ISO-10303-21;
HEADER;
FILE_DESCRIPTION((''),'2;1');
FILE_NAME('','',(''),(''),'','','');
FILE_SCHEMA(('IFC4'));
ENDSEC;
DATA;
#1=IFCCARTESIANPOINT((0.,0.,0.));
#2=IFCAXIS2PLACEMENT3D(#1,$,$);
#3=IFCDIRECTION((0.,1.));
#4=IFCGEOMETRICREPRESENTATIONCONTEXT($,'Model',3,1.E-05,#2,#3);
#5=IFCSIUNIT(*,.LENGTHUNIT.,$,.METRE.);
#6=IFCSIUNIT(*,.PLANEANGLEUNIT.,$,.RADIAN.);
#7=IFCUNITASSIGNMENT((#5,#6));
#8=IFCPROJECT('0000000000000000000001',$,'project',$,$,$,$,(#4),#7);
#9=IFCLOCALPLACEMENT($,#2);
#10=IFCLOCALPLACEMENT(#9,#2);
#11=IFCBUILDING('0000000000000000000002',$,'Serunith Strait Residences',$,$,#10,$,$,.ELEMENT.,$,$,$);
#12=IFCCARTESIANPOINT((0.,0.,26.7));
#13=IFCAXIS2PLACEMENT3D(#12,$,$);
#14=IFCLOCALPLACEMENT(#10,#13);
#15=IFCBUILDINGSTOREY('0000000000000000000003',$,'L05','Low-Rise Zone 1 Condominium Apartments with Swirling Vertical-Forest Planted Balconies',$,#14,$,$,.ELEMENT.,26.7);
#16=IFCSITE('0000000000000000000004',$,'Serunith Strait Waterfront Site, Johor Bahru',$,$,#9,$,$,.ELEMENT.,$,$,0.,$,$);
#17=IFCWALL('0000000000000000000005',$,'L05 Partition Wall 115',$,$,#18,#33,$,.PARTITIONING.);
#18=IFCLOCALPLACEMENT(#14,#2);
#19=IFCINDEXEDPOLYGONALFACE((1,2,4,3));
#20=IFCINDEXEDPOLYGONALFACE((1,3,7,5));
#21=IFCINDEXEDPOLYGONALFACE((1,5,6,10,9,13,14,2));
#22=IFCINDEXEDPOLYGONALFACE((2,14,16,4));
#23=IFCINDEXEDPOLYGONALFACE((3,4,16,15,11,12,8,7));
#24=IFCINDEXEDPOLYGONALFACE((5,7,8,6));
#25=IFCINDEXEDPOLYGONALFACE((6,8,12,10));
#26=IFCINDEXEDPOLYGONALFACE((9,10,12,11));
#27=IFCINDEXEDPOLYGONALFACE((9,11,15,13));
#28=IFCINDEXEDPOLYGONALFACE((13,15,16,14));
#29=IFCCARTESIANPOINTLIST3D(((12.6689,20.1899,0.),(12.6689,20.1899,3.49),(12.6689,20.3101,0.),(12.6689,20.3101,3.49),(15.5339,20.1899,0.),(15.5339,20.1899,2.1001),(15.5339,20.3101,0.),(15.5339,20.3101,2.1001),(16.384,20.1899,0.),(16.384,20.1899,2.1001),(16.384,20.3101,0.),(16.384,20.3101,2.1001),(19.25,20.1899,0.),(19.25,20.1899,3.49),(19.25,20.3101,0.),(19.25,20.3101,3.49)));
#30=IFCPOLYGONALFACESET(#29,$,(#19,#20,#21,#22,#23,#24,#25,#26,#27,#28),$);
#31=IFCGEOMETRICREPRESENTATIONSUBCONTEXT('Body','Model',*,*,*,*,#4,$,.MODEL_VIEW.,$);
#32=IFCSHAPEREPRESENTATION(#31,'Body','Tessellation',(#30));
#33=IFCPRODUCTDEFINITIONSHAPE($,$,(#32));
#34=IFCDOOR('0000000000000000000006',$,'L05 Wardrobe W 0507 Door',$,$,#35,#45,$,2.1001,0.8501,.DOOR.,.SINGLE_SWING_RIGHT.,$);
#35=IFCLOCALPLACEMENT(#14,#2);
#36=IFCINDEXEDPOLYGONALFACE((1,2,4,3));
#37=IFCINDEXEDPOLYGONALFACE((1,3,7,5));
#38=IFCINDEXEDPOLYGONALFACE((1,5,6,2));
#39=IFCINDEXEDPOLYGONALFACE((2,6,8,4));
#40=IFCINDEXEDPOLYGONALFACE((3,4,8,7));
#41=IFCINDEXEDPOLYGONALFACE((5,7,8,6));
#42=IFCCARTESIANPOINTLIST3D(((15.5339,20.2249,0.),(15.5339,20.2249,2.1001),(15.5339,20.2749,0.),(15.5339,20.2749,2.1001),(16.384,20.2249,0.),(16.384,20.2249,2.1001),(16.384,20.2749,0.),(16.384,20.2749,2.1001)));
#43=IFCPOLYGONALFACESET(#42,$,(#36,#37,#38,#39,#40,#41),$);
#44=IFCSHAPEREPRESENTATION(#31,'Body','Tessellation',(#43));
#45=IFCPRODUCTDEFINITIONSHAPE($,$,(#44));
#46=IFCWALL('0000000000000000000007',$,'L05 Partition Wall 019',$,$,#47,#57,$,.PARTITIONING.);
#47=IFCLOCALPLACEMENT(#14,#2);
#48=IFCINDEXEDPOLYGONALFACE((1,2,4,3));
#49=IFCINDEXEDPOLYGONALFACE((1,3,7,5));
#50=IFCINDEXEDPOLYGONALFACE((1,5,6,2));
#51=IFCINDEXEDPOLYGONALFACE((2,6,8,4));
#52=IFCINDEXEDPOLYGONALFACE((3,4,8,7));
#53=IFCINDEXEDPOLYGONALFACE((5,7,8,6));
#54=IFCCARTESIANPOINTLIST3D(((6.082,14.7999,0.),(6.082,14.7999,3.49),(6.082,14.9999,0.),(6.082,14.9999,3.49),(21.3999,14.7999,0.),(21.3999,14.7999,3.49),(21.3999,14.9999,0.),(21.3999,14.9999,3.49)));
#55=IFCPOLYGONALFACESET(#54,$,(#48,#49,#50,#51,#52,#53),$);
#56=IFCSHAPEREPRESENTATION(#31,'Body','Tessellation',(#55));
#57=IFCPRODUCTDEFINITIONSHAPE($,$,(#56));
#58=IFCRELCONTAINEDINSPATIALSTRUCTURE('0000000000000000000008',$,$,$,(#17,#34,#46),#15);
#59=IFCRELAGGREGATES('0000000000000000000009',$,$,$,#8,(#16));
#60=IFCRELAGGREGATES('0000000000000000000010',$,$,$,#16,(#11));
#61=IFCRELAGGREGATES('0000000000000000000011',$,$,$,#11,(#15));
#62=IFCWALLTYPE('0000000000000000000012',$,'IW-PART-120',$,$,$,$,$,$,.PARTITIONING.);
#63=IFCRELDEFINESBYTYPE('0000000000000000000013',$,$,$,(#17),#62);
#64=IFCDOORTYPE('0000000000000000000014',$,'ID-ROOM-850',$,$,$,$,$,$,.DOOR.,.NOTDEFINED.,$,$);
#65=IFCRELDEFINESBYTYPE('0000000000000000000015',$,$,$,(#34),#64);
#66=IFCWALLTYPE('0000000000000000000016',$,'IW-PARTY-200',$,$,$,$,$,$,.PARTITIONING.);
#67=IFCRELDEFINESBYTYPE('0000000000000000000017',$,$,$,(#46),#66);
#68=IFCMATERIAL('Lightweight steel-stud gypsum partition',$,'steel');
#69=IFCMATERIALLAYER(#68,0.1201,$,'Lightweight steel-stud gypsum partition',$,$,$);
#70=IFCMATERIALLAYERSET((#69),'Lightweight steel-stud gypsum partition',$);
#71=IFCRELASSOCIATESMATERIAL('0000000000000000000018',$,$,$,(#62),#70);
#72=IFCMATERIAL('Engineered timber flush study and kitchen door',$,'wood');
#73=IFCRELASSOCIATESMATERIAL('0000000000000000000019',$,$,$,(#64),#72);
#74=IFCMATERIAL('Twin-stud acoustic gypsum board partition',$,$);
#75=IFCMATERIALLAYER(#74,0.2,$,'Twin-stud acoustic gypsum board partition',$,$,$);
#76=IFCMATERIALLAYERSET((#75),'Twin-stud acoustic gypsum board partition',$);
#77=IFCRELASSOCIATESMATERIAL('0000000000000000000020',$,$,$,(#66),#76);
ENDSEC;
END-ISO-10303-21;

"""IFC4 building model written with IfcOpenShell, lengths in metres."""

from ifc_helpers import new_model, si_unit, direction, frame, frame_2d, origin, place, context, subcontext, project, spatial, rectangle, extrude, source, transform, mapped, material, layer, layer_set, type_object, element, fill, save


model = new_model("IFC4")

# Units and contexts
model_context = context("Model", 3, precision=1e-05, world=origin(), true_north=direction((0.0, 1.0)))
body_context = subcontext(model_context, "Body", "Model", "MODEL_VIEW")
ifc_project = project(units=[si_unit("LENGTHUNIT", "METRE"), si_unit("PLANEANGLEUNIT", "RADIAN")], contexts=[model_context])

# Site, building, storey
site_placement = place(None, origin())
site = spatial("IfcSite", under=ifc_project, at=site_placement, Name="Serunith Strait Waterfront Site, Johor Bahru", CompositionType="ELEMENT", RefElevation=0.0)
building_placement = place(site_placement, origin())
building = spatial("IfcBuilding", under=site, at=building_placement, Name="Serunith Strait Residences", CompositionType="ELEMENT")
storey_placement = place(building_placement, frame((0.0, 0.0, 26.7)))
storey = spatial("IfcBuildingStorey", under=building, at=storey_placement, Name="L05", Description="Low-Rise Zone 1 Condominium Apartments with Swirling Vertical-Forest Planted Balconies", CompositionType="ELEMENT", Elevation=26.7)

# Shared definitions
ifc_material_1 = material(Name="Lightweight steel-stud gypsum partition", Category="steel")
ifc_layer_1 = layer(ifc_material_1, 0.1201, Name="Lightweight steel-stud gypsum partition")
ifc_layer_set_1 = layer_set([ifc_layer_1], Name="Lightweight steel-stud gypsum partition")
wall_type_1 = type_object("IfcWallType", Name="IW-PART-120", PredefinedType="PARTITIONING", material=ifc_layer_set_1)
shared_shape_1 = source(origin(), body_context, "Body", "SweptSolid", [
    extrude(rectangle(XDim=0.8501, YDim=2.1001, at=frame_2d((0.425, 1.05))), frame((0.0, 0.0249, 0.0), z_axis=(0.0, -1.0, 0.0), x_axis=(1.0, 0.0, 0.0)), (0.0, 0.0, 1.0), 0.05),
])

# Shared definitions
ifc_material_2 = material(Name="Engineered timber flush study and kitchen door", Category="wood")
door_type_1 = type_object("IfcDoorType", Name="ID-ROOM-850", OperationType="NOTDEFINED", PredefinedType="DOOR", material=ifc_material_2)

# Wall, opening, door
wall_1_placement = place(storey_placement, frame((12.6689, 20.25, 0.0), z_axis=(0.0, 0.0, 1.0), x_axis=(1.0, 0.0, 0.0)))
wall_1 = element("IfcWall", 1, at=wall_1_placement, inside=storey, type_object=wall_type_1, Name="L05 Partition Wall 115", PredefinedType="PARTITIONING", context=body_context, shape_type="SweptSolid", body=[
    extrude(rectangle(XDim=6.5811, YDim=0.1201, at=frame_2d((3.2905, 0.0))), origin(), (0.0, 0.0, 1.0), 3.49),
])
opening_1_placement = place(wall_1_placement, frame((2.865, 0.0, 0.0)))
opening_1 = element("IfcOpeningElement", 2, at=opening_1_placement, cuts=wall_1, PredefinedType="OPENING", context=body_context, shape_type="SweptSolid", body=[
    extrude(rectangle(XDim=0.8501, YDim=2.1001, at=frame_2d((0.425, 1.05))), frame((0.0, 0.0701, 0.0), z_axis=(0.0, -1.0, 0.0), x_axis=(1.0, 0.0, 0.0)), (0.0, 0.0, 1.0), 0.1401),
])
door_1_placement = place(opening_1_placement, origin())
door_1 = element("IfcDoor", 3, at=door_1_placement, inside=storey, type_object=door_type_1, Name="L05 Wardrobe W 0507 Door", OperationType="SINGLE_SWING_RIGHT", OverallHeight=2.1001, OverallWidth=0.8501, PredefinedType="DOOR", context=body_context, shape_type="MappedRepresentation", body=[
    mapped(shared_shape_1, transform((0.0, 0.0, 0.0), scale=1.0)),
])
fill(opening_1, door_1)

# Wall
ifc_material_3 = material(Name="Twin-stud acoustic gypsum board partition")
ifc_layer_2 = layer(ifc_material_3, 0.2, Name="Twin-stud acoustic gypsum board partition")
ifc_layer_set_2 = layer_set([ifc_layer_2], Name="Twin-stud acoustic gypsum board partition")
wall_type_2 = type_object("IfcWallType", Name="IW-PARTY-200", PredefinedType="PARTITIONING", material=ifc_layer_set_2)
wall_2_placement = place(storey_placement, frame((6.082, 14.8999, 0.0), z_axis=(0.0, 0.0, 1.0), x_axis=(1.0, 0.0, 0.0)))
element("IfcWall", 4, at=wall_2_placement, inside=storey, type_object=wall_type_2, Name="L05 Partition Wall 019", PredefinedType="PARTITIONING", context=body_context, shape_type="SweptSolid", body=[
    extrude(rectangle(XDim=15.3179, YDim=0.2, at=frame_2d((7.6589, 0.0))), origin(), (0.0, 0.0, 1.0), 3.49),
])

save(model, "model.ifc")
